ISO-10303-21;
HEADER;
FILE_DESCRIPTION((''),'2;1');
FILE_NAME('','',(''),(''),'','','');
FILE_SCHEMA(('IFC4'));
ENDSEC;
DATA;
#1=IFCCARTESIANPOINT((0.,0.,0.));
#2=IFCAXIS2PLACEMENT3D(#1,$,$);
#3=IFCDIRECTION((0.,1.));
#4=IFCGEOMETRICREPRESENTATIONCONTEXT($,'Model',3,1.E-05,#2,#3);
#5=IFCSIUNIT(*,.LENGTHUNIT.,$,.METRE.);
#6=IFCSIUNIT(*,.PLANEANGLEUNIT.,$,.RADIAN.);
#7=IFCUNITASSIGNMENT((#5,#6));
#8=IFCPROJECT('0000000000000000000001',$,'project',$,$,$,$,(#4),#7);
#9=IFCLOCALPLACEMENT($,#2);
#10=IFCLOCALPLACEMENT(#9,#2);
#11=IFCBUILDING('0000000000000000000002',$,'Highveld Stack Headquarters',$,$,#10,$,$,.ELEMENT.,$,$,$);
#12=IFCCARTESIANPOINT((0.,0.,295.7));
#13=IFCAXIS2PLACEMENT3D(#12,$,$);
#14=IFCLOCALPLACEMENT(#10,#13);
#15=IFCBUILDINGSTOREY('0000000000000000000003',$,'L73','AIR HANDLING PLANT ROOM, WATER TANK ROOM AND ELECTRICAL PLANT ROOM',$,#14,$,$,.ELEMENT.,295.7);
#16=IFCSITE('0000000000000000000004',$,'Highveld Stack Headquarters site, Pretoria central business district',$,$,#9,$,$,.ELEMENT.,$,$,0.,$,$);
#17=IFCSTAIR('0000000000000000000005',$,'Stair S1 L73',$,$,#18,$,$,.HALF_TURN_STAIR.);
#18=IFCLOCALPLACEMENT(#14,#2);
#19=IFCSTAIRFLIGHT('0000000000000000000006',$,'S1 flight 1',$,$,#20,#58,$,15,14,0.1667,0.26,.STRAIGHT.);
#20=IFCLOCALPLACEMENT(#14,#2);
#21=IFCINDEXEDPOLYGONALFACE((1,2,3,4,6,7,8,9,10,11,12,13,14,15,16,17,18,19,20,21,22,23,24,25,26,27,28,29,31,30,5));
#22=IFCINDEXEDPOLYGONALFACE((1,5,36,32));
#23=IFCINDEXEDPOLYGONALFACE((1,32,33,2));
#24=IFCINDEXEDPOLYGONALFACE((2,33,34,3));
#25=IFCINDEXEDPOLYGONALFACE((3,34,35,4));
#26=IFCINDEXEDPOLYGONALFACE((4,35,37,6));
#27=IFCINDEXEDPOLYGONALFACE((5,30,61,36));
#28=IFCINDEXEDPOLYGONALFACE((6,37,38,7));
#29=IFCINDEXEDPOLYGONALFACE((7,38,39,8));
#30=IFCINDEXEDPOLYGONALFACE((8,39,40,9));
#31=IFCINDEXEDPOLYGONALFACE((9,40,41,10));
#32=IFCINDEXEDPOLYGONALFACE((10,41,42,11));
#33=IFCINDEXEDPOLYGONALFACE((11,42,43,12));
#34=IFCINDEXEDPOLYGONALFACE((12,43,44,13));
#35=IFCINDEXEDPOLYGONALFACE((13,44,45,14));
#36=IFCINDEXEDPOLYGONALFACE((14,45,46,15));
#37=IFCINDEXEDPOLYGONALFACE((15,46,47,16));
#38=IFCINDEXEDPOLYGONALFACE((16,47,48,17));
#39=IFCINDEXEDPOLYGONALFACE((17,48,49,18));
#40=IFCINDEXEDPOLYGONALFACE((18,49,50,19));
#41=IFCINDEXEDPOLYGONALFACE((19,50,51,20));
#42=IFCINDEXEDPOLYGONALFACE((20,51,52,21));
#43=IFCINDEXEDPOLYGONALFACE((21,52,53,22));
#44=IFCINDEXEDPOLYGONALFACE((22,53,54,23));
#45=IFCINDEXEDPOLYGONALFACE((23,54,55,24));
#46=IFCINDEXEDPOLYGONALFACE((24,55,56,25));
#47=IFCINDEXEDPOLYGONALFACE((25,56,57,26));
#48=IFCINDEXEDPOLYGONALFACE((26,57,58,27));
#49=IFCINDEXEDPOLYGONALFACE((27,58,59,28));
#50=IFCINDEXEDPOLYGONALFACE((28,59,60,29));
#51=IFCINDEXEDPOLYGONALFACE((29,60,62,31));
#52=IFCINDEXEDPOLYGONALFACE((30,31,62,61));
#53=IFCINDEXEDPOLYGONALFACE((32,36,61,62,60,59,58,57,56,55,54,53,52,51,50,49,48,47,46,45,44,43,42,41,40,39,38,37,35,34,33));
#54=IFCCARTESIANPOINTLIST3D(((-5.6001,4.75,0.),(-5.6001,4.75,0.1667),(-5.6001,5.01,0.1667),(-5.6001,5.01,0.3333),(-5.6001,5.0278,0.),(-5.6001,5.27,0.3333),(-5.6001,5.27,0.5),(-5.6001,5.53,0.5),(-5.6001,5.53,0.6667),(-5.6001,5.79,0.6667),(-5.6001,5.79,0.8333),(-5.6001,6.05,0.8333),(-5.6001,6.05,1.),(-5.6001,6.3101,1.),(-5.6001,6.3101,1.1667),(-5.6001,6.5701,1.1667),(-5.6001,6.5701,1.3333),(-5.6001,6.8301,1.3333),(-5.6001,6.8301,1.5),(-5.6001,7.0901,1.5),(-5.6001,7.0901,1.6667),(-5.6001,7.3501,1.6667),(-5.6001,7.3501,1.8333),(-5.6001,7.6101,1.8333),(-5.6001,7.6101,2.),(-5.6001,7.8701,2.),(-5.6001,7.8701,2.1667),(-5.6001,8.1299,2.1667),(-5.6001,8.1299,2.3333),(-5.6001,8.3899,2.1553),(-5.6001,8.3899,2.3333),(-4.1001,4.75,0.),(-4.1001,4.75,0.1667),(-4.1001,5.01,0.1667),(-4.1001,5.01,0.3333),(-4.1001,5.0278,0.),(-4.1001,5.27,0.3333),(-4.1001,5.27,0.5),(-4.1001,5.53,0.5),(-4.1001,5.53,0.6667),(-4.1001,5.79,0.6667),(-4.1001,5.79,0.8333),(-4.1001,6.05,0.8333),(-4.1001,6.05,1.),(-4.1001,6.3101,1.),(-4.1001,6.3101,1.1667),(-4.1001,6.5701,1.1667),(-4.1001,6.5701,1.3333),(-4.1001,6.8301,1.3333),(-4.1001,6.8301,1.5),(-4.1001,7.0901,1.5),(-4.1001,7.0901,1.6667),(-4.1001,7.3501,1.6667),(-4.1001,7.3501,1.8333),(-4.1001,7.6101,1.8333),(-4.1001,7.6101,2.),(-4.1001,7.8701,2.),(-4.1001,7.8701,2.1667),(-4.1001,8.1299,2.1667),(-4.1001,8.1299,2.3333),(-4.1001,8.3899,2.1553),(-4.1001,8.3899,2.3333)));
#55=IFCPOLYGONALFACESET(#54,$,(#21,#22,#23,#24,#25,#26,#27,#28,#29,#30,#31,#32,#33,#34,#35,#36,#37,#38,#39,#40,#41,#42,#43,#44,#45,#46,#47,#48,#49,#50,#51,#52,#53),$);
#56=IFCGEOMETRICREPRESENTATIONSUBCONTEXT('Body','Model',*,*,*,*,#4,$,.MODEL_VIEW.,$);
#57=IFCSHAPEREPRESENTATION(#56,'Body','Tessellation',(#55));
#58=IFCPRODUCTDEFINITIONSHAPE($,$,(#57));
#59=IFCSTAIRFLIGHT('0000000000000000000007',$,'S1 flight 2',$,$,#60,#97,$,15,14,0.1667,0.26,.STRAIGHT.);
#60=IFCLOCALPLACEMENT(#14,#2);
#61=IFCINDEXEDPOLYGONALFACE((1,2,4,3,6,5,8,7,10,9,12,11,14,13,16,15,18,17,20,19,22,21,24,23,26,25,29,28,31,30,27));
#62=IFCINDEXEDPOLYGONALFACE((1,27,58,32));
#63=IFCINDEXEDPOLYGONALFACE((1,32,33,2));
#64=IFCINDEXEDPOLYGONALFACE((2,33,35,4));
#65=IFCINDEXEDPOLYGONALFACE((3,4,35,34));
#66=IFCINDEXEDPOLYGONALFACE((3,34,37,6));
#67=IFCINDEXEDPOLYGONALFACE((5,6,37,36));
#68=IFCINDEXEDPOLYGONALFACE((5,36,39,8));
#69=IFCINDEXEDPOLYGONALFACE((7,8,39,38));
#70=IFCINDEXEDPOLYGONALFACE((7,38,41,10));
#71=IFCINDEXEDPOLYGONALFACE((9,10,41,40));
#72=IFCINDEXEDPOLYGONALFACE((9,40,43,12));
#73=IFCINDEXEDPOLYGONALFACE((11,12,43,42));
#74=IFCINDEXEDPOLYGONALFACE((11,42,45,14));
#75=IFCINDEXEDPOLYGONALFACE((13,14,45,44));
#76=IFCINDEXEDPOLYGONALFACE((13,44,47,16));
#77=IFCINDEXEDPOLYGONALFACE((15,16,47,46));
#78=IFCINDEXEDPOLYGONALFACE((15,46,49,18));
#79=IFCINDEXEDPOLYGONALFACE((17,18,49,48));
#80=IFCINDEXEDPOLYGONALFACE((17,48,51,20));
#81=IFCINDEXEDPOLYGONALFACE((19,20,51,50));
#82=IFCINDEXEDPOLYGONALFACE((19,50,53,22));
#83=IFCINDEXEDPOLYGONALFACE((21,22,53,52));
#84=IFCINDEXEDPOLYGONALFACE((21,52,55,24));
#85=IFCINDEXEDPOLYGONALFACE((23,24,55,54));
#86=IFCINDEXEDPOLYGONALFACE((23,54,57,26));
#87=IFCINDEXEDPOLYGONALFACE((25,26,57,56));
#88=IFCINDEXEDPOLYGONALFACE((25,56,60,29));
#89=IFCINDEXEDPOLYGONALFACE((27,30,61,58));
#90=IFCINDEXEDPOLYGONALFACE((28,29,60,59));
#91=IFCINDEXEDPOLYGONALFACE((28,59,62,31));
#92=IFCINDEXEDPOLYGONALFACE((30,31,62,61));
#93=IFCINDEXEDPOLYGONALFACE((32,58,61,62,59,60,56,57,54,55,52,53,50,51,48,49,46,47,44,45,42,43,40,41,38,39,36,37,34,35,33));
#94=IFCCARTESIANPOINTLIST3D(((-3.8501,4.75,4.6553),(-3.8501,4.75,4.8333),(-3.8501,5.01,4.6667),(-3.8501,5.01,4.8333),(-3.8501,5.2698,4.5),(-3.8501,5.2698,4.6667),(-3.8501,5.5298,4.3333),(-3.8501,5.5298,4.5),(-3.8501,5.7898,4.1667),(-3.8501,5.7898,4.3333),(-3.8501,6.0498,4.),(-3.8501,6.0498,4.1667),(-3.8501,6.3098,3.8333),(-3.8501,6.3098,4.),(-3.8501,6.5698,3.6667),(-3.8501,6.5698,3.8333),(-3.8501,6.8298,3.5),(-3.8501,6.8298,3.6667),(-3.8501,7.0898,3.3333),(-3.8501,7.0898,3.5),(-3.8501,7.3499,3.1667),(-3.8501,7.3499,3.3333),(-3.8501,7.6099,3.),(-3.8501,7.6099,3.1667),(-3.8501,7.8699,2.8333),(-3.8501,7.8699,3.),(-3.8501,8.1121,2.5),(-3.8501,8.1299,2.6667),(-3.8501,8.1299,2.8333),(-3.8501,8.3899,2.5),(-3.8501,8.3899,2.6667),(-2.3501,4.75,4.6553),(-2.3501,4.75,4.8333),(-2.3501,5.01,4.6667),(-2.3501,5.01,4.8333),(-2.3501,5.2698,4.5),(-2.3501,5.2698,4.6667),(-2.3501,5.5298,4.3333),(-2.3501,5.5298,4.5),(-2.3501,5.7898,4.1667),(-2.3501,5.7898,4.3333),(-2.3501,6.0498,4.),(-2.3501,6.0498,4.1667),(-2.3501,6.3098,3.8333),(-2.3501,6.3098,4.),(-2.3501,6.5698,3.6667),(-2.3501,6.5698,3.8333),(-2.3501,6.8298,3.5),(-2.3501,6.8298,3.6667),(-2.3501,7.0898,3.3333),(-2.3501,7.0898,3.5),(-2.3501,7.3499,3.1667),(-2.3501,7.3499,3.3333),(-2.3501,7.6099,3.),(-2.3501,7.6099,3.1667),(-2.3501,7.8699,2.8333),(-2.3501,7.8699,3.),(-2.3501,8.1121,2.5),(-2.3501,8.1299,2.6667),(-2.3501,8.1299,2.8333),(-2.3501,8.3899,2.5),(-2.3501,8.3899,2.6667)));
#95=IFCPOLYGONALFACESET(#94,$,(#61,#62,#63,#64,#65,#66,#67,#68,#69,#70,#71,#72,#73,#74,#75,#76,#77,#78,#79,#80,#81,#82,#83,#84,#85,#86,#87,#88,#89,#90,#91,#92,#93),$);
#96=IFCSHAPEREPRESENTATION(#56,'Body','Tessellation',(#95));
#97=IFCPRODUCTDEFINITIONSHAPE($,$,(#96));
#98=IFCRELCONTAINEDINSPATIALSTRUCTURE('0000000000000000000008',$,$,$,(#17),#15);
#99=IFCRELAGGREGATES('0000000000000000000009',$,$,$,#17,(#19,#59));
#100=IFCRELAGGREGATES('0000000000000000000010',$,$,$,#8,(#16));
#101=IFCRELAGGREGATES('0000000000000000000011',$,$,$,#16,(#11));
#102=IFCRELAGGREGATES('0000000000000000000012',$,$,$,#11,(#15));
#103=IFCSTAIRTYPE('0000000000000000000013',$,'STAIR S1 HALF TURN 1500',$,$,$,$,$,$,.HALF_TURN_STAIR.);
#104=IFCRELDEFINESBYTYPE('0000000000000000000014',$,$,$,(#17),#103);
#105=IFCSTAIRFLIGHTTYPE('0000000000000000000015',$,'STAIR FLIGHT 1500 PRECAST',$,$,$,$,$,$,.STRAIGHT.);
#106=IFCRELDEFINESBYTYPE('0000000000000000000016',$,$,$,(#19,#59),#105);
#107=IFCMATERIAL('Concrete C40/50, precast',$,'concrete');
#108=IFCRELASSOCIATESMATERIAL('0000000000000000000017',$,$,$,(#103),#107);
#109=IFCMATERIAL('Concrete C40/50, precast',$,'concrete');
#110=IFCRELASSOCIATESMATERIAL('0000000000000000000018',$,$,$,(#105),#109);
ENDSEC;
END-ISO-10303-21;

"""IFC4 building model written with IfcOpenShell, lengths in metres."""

from ifc_helpers import new_model, si_unit, direction, frame, origin, place, context, subcontext, project, spatial, polyline, outline, extrude, material, type_object, element, aggregate, save


model = new_model("IFC4")

# Units and contexts
model_context = context("Model", 3, precision=1e-05, world=origin(), true_north=direction((0.0, 1.0)))
body_context = subcontext(model_context, "Body", "Model", "MODEL_VIEW")
ifc_project = project(units=[si_unit("LENGTHUNIT", "METRE"), si_unit("PLANEANGLEUNIT", "RADIAN")], contexts=[model_context])

# Site, building, storey
site_placement = place(None, origin())
site = spatial("IfcSite", under=ifc_project, at=site_placement, Name="Highveld Stack Headquarters site, Pretoria central business district", CompositionType="ELEMENT", RefElevation=0.0)
building_placement = place(site_placement, origin())
building = spatial("IfcBuilding", under=site, at=building_placement, Name="Highveld Stack Headquarters", CompositionType="ELEMENT")
storey_placement = place(building_placement, frame((0.0, 0.0, 295.7)))
storey = spatial("IfcBuildingStorey", under=building, at=storey_placement, Name="L73", Description="AIR HANDLING PLANT ROOM, WATER TANK ROOM AND ELECTRICAL PLANT ROOM", CompositionType="ELEMENT", Elevation=295.7)

# Stair, stair flights
ifc_material_1 = material(Name="Concrete C40/50, precast", Category="concrete")
stair_type = type_object("IfcStairType", Name="STAIR S1 HALF TURN 1500", PredefinedType="HALF_TURN_STAIR", material=ifc_material_1)
stair_placement = place(storey_placement, origin())
stair = element("IfcStair", 1, at=stair_placement, inside=storey, type_object=stair_type, Name="Stair S1 L73", PredefinedType="HALF_TURN_STAIR")
ifc_material_2 = material(Name="Concrete C40/50, precast", Category="concrete")
stair_flight_type = type_object("IfcStairFlightType", Name="STAIR FLIGHT 1500 PRECAST", PredefinedType="STRAIGHT", material=ifc_material_2)
stair_flight_1_placement = place(storey_placement, frame((-4.8501, 4.75, 0.0), z_axis=(0.0, 0.0, 1.0), x_axis=(0.0, 1.0, 0.0)))
stair_flight_1 = element("IfcStairFlight", 2, at=stair_flight_1_placement, type_object=stair_flight_type, Name="S1 flight 1", NumberOfRisers=15, NumberOfTreads=14, PredefinedType="STRAIGHT", RiserHeight=0.1667, TreadLength=0.26, context=body_context, shape_type="SweptSolid", body=[
    extrude(outline(polyline([(0.0, 0.0), (0.0, 0.1667), (0.26, 0.1667), (0.26, 0.3333), (0.52, 0.3333), (0.52, 0.5), (0.78, 0.5), (0.78, 0.6667), (1.04, 0.6667), (1.04, 0.8333), (1.3, 0.8333), (1.3, 1.0), (1.5601, 1.0), (1.5601, 1.1667), (1.8201, 1.1667), (1.8201, 1.3333), (2.0801, 1.3333), (2.0801, 1.5), (2.3401, 1.5), (2.3401, 1.6667), (2.6001, 1.6667), (2.6001, 1.8333), (2.8601, 1.8333), (2.8601, 2.0), (3.1201, 2.0), (3.1201, 2.1667), (3.3799, 2.1667), (3.3799, 2.3333), (3.6399, 2.3333), (3.6399, 2.5), (3.6399, 2.1553), (0.2778, 0.0), (0.0, 0.0)])), frame((0.0, 0.75, 0.0), z_axis=(0.0, -1.0, 0.0), x_axis=(1.0, 0.0, 0.0)), (0.0, 0.0, 1.0), 1.5),
])
stair_flight_2_placement = place(storey_placement, frame((-3.1001, 8.3899, 2.5), z_axis=(0.0, 0.0, 1.0), x_axis=(0.0, -1.0, 0.0)))
stair_flight_2 = element("IfcStairFlight", 3, at=stair_flight_2_placement, type_object=stair_flight_type, Name="S1 flight 2", NumberOfRisers=15, NumberOfTreads=14, PredefinedType="STRAIGHT", RiserHeight=0.1667, TreadLength=0.26, context=body_context, shape_type="SweptSolid", body=[
    extrude(outline(polyline([(0.0, 0.0), (0.0, 0.1667), (0.26, 0.1667), (0.26, 0.3333), (0.52, 0.3333), (0.52, 0.5), (0.78, 0.5), (0.78, 0.6667), (1.04, 0.6667), (1.04, 0.8333), (1.3, 0.8333), (1.3, 1.0), (1.5601, 1.0), (1.5601, 1.1667), (1.8201, 1.1667), (1.8201, 1.3333), (2.0801, 1.3333), (2.0801, 1.5), (2.3401, 1.5), (2.3401, 1.6667), (2.6001, 1.6667), (2.6001, 1.8333), (2.8601, 1.8333), (2.8601, 2.0), (3.1201, 2.0), (3.1201, 2.1667), (3.3799, 2.1667), (3.3799, 2.3333), (3.6399, 2.3333), (3.6399, 2.5), (3.6399, 2.1553), (0.2778, 0.0), (0.0, 0.0)])), frame((0.0, 0.75, 0.0), z_axis=(0.0, -1.0, 0.0), x_axis=(1.0, 0.0, 0.0)), (0.0, 0.0, 1.0), 1.5),
])
aggregate(stair, [stair_flight_1, stair_flight_2])

save(model, "model.ifc")
